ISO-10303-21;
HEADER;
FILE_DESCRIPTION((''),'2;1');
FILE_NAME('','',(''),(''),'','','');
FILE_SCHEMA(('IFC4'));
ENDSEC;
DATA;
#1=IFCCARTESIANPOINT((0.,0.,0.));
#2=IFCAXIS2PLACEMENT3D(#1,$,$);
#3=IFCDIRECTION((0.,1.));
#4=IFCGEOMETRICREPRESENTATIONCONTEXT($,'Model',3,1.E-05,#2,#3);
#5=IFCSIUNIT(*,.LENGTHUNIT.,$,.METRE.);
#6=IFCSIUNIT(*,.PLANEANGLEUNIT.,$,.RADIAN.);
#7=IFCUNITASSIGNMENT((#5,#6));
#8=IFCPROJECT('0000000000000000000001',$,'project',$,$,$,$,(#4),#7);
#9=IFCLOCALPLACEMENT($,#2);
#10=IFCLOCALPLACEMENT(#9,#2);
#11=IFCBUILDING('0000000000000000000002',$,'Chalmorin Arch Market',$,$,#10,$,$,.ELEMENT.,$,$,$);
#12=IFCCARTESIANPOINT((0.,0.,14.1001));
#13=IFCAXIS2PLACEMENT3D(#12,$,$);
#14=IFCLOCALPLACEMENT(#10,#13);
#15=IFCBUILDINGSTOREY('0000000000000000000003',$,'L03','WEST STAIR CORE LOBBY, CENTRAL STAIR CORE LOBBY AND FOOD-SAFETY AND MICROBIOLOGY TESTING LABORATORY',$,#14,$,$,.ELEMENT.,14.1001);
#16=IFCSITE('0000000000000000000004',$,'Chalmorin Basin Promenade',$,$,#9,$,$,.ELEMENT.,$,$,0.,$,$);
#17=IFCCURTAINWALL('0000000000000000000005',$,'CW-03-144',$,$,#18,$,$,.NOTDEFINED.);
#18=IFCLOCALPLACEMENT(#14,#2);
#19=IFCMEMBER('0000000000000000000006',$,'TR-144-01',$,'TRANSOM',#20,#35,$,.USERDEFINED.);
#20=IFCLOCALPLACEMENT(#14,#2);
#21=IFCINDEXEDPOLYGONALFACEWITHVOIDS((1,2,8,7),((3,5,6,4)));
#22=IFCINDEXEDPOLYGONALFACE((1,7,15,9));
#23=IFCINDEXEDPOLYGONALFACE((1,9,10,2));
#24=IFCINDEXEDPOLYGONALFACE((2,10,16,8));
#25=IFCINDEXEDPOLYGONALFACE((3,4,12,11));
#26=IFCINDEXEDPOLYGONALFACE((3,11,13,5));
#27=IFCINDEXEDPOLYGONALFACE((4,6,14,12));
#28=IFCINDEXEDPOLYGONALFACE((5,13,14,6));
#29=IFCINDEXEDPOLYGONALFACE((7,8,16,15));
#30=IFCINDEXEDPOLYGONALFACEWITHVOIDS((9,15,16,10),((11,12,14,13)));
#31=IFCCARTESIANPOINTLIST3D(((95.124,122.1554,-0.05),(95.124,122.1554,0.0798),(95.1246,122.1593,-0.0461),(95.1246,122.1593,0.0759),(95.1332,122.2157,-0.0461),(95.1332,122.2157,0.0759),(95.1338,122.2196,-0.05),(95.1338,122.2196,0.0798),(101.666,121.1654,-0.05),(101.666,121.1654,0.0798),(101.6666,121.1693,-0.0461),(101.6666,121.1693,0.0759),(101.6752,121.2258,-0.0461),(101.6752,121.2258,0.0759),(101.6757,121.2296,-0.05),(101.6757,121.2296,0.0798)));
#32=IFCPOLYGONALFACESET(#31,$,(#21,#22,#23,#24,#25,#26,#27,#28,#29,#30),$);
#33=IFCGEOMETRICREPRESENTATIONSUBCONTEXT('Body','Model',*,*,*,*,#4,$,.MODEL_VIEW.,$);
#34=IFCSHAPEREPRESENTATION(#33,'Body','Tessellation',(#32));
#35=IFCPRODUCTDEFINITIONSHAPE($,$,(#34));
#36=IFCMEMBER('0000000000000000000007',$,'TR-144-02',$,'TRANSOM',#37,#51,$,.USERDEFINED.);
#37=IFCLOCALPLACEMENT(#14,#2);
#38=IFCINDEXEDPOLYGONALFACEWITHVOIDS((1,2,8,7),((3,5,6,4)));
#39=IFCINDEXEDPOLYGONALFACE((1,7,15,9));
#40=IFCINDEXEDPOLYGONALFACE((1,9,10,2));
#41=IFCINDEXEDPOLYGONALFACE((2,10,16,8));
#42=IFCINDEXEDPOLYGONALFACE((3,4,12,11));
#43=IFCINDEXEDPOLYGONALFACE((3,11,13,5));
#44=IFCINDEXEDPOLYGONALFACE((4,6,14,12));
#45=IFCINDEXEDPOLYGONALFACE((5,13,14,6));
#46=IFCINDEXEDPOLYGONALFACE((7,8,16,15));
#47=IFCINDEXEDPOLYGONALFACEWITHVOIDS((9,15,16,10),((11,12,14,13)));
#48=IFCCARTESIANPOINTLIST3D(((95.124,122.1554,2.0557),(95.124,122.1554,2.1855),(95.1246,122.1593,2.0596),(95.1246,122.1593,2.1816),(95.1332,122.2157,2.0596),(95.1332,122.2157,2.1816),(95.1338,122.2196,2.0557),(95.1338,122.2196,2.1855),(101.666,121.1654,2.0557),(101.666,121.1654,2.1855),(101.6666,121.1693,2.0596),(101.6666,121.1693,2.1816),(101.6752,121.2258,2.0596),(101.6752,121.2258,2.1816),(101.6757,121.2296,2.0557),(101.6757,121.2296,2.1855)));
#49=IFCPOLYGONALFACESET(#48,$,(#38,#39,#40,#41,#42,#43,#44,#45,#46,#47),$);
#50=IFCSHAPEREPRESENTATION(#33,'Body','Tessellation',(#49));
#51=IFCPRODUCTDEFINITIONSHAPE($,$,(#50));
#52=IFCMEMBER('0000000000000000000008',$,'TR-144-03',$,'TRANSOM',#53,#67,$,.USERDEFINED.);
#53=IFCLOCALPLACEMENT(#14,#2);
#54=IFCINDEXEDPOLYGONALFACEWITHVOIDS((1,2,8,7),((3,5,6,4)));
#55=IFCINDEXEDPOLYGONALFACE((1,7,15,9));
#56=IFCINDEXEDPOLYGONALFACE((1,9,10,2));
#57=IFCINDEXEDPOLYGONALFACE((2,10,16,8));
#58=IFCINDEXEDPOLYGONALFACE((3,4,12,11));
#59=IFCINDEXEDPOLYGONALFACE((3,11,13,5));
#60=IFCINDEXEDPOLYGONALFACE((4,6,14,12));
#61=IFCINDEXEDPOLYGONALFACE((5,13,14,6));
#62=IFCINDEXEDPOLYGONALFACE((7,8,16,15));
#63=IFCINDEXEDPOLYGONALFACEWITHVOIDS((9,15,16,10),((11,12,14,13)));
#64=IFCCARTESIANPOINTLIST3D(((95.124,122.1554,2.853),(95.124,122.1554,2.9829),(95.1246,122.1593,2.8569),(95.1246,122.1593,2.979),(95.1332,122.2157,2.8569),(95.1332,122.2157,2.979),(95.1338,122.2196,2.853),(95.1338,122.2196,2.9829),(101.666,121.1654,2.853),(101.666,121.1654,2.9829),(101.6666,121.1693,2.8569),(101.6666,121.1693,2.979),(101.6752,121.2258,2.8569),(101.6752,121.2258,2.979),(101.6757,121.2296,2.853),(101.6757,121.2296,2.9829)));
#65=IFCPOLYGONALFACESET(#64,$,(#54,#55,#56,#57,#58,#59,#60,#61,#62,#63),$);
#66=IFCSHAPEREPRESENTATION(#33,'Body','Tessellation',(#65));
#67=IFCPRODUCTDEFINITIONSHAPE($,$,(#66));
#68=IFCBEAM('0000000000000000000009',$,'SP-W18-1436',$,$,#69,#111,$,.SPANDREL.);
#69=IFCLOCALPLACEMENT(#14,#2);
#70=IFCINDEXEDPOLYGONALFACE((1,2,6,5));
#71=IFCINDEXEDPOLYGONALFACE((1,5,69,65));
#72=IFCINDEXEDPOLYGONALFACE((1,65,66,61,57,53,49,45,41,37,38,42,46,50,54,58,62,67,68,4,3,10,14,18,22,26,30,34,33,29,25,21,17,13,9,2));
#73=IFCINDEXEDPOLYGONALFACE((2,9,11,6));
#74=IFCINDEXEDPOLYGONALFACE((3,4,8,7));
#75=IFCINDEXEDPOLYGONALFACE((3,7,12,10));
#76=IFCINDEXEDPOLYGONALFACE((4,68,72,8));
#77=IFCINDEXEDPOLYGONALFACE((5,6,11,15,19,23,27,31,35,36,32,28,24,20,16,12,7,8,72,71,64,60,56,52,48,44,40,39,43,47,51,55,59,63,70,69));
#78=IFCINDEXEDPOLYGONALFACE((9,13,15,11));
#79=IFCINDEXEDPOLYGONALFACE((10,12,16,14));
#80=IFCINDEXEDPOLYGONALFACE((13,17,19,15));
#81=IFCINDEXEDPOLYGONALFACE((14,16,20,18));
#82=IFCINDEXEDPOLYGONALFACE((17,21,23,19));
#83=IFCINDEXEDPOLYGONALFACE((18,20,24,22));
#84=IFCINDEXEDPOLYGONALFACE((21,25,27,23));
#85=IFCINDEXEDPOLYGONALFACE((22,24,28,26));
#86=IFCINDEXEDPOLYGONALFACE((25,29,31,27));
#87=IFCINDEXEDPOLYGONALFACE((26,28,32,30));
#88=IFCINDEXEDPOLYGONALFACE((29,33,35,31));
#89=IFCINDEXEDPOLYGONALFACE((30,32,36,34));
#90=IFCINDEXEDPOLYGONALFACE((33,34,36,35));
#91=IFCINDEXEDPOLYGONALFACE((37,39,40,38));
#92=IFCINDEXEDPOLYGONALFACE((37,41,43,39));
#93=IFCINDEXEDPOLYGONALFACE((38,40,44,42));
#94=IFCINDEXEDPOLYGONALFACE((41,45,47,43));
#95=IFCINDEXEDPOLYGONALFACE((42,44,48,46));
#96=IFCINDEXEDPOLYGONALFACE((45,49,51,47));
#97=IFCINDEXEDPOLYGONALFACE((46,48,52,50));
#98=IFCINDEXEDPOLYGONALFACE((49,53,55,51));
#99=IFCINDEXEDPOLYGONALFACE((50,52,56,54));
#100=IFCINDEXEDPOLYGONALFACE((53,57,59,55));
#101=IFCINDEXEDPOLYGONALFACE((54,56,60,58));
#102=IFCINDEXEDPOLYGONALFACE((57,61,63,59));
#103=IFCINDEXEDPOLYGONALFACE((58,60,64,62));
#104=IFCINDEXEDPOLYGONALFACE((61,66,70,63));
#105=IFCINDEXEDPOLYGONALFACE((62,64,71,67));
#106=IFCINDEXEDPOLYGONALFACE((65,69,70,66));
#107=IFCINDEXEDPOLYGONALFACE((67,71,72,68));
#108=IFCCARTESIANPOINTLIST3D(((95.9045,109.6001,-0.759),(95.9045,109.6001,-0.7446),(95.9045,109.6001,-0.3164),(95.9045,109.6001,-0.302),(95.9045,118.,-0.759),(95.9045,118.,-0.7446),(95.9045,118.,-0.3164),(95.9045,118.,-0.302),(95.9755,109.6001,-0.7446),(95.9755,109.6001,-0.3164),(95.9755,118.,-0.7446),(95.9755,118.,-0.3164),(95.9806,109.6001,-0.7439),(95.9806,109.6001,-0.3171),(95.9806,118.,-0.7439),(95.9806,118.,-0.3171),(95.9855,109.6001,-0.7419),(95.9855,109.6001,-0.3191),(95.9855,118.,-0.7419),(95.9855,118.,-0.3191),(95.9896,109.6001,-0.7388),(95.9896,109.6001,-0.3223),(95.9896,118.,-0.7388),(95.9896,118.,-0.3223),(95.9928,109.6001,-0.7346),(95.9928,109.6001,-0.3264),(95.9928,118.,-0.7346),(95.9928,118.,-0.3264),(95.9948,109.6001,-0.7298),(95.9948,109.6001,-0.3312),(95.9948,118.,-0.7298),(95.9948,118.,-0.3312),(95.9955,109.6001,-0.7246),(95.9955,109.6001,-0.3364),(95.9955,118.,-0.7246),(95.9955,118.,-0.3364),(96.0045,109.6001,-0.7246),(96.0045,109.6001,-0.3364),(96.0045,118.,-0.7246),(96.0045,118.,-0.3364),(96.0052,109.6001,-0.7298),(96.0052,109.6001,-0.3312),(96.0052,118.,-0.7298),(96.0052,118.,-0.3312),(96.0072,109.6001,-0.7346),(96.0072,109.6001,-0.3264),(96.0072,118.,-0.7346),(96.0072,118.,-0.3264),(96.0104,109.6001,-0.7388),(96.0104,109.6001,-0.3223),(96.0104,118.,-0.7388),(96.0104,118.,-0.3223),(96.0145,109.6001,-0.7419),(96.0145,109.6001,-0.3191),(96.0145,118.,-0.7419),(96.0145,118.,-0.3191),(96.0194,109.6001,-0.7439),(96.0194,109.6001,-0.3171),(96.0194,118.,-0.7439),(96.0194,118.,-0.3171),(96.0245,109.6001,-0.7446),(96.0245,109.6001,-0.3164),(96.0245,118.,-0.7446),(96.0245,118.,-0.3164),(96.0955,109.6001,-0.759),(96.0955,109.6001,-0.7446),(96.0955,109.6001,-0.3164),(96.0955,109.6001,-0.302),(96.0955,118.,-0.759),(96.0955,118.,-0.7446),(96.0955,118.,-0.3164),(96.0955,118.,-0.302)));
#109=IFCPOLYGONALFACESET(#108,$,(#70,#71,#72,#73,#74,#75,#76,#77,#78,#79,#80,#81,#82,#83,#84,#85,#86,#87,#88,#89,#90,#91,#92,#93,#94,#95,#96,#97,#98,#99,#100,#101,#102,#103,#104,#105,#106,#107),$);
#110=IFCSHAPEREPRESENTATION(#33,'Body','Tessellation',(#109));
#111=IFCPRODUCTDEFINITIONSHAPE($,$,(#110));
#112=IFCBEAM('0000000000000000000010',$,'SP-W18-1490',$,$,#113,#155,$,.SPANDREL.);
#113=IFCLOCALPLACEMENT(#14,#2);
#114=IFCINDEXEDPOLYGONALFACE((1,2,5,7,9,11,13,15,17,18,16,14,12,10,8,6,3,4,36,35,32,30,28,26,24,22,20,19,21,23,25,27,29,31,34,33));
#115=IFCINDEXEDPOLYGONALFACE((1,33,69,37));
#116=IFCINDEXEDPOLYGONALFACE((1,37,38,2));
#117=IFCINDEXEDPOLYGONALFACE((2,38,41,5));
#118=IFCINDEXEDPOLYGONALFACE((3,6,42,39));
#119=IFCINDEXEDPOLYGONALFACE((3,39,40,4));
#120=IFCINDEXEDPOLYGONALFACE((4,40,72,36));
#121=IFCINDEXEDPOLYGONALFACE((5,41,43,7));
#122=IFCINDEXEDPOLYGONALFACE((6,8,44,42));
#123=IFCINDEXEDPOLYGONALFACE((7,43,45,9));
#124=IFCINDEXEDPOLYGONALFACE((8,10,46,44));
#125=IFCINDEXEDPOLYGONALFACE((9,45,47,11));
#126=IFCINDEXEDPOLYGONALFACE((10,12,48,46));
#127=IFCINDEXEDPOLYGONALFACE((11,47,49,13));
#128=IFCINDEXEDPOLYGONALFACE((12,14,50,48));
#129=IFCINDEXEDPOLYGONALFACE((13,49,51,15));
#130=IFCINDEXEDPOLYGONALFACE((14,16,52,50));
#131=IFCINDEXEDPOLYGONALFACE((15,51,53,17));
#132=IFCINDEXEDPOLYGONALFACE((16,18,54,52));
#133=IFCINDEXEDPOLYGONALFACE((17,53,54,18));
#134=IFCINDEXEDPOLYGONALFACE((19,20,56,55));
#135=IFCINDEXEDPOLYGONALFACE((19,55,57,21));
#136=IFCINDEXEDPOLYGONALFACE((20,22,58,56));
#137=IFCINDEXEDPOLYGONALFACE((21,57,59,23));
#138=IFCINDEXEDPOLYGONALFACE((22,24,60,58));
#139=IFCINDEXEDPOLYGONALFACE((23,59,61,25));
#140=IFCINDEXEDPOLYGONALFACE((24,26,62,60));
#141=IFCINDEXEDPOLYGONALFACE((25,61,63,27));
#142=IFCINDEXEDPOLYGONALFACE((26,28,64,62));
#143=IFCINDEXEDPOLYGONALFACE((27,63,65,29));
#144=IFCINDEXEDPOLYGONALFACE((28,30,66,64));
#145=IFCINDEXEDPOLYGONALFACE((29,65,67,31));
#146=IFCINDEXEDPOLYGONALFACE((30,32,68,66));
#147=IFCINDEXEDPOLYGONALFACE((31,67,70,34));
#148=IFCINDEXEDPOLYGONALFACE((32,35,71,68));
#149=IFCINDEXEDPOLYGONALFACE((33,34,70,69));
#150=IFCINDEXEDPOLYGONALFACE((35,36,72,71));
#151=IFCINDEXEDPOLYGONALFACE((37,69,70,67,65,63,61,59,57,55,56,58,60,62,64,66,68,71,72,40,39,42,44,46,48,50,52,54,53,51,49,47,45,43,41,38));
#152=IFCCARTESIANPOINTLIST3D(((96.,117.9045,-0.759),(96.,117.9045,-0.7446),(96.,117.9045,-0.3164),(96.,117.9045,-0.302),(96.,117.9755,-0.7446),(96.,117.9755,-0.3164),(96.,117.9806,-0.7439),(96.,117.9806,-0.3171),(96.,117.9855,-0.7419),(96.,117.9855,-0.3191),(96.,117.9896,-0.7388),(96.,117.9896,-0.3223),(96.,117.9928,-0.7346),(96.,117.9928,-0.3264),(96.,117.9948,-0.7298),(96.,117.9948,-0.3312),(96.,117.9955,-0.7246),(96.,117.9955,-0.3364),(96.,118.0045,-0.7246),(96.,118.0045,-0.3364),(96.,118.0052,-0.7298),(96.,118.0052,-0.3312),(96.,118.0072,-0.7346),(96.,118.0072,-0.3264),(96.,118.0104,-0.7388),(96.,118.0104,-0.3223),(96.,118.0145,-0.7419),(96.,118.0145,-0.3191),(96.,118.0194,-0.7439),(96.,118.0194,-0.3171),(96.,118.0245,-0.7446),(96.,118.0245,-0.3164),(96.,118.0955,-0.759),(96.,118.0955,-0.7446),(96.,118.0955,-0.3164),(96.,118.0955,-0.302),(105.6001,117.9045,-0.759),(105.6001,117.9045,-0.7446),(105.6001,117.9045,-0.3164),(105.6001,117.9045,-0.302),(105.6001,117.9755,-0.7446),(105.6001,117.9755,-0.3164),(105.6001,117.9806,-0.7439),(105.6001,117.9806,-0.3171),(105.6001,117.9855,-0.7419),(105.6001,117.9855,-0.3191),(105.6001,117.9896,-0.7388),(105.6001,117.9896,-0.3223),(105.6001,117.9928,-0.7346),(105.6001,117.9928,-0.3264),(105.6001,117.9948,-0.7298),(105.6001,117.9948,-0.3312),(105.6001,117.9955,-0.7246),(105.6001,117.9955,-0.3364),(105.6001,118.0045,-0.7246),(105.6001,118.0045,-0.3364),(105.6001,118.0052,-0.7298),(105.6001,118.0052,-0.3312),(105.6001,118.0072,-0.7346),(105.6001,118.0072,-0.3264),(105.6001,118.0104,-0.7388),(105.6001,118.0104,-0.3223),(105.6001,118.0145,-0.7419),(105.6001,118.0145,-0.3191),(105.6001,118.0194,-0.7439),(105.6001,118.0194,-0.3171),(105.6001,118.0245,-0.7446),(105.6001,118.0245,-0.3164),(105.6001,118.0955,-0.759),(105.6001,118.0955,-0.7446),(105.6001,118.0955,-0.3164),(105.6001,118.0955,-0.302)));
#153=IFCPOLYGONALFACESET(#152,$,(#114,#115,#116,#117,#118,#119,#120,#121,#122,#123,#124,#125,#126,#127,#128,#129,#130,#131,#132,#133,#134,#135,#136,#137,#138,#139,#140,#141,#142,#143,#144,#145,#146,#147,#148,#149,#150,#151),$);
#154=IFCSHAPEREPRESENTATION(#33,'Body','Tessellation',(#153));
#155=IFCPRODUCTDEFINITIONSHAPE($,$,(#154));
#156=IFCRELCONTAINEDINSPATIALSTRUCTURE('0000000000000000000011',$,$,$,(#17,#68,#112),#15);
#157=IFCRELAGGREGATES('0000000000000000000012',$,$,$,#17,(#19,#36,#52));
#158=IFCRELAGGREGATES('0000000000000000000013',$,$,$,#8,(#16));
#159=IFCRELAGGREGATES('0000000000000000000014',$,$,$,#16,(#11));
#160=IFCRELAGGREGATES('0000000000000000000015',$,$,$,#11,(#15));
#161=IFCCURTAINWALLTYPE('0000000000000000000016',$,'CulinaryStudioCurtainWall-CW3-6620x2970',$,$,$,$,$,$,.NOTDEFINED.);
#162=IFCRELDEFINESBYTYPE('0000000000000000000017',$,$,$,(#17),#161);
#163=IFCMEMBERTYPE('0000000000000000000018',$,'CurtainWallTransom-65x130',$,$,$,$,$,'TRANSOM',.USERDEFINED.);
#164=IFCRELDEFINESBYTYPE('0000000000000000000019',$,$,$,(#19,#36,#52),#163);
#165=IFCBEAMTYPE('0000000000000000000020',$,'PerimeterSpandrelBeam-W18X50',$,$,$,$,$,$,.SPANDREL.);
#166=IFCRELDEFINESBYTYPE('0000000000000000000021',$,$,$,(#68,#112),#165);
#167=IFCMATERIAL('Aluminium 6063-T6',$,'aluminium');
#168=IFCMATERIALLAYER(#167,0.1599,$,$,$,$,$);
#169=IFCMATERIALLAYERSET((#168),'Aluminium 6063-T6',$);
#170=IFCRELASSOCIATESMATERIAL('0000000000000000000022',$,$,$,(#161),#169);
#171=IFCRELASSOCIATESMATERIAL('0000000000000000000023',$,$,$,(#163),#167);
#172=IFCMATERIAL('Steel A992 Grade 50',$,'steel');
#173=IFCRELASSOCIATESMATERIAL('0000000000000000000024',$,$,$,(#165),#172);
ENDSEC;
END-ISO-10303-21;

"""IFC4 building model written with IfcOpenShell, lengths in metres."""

from ifc_helpers import new_model, si_unit, direction, frame, origin, origin_2d, place, context, subcontext, project, spatial, hollow_rectangle, i_section, extrude, material, layer, layer_set, material_profile, profile_set, type_object, element, aggregate, save


model = new_model("IFC4")

# Units and contexts
model_context = context("Model", 3, precision=1e-05, world=origin(), true_north=direction((0.0, 1.0)))
body_context = subcontext(model_context, "Body", "Model", "MODEL_VIEW")
ifc_project = project(units=[si_unit("LENGTHUNIT", "METRE"), si_unit("PLANEANGLEUNIT", "RADIAN")], contexts=[model_context])

# Site, building, storey
site_placement = place(None, origin())
site = spatial("IfcSite", under=ifc_project, at=site_placement, Name="Chalmorin Basin Promenade", CompositionType="ELEMENT", RefElevation=0.0)
building_placement = place(site_placement, origin())
building = spatial("IfcBuilding", under=site, at=building_placement, Name="Chalmorin Arch Market", CompositionType="ELEMENT")
storey_placement = place(building_placement, frame((0.0, 0.0, 14.1001)))
storey = spatial("IfcBuildingStorey", under=building, at=storey_placement, Name="L03", Description="WEST STAIR CORE LOBBY, CENTRAL STAIR CORE LOBBY AND FOOD-SAFETY AND MICROBIOLOGY TESTING LABORATORY", CompositionType="ELEMENT", Elevation=14.1001)

# Curtain wall
ifc_material_1 = material(Name="Aluminium 6063-T6", Category="aluminium")
ifc_layer_1 = layer(ifc_material_1, 0.1599)
ifc_layer_set_1 = layer_set([ifc_layer_1], Name="Aluminium 6063-T6")
curtain_wall_type_1 = type_object("IfcCurtainWallType", Name="CulinaryStudioCurtainWall-CW3-6620x2970", PredefinedType="NOTDEFINED", material=ifc_layer_set_1)
curtain_wall_1_placement = place(storey_placement, origin())
curtain_wall_1 = element("IfcCurtainWall", 1, at=curtain_wall_1_placement, inside=storey, type_object=curtain_wall_type_1, Name="CW-03-144", PredefinedType="NOTDEFINED")

# Members
ifc_material_profile_1 = material_profile(ifc_material_1, hollow_rectangle(XDim=0.0649, YDim=0.1299, WallThickness=0.0039, at=origin_2d()), Name="ALU65X130X4")
ifc_profile_set_1 = profile_set([ifc_material_profile_1], Name="Aluminium 6063-T6")
member_type_1 = type_object("IfcMemberType", Name="CurtainWallTransom-65x130", ElementType="TRANSOM", PredefinedType="USERDEFINED", material=ifc_profile_set_1)
member_1_placement = place(storey_placement, frame((95.1289, 122.1875, 0.0149), z_axis=(0.988743, -0.149625, 0.0), x_axis=(0.149625, 0.988743, 0.0)))
member_1 = element("IfcMember", 2, at=member_1_placement, type_object=member_type_1, Name="TR-144-01", ObjectType="TRANSOM", PredefinedType="USERDEFINED", context=body_context, shape_type="SweptSolid", body=[
    extrude(hollow_rectangle(XDim=0.0649, YDim=0.1299, WallThickness=0.0039, at=origin_2d()), origin(), (0.0, 0.0, 1.0), 6.6165),
])
member_2_placement = place(storey_placement, frame((95.1289, 122.1875, 2.1206), z_axis=(0.988743, -0.149625, 0.0), x_axis=(0.149625, 0.988743, 0.0)))
member_2 = element("IfcMember", 3, at=member_2_placement, type_object=member_type_1, Name="TR-144-02", ObjectType="TRANSOM", PredefinedType="USERDEFINED", context=body_context, shape_type="SweptSolid", body=[
    extrude(hollow_rectangle(XDim=0.0649, YDim=0.1299, WallThickness=0.0039, at=origin_2d()), origin(), (0.0, 0.0, 1.0), 6.6165),
])
member_3_placement = place(storey_placement, frame((95.1289, 122.1875, 2.918), z_axis=(0.988743, -0.149625, 0.0), x_axis=(0.149625, 0.988743, 0.0)))
member_3 = element("IfcMember", 4, at=member_3_placement, type_object=member_type_1, Name="TR-144-03", ObjectType="TRANSOM", PredefinedType="USERDEFINED", context=body_context, shape_type="SweptSolid", body=[
    extrude(hollow_rectangle(XDim=0.0649, YDim=0.1299, WallThickness=0.0039, at=origin_2d()), origin(), (0.0, 0.0, 1.0), 6.6165),
])

# Beams
ifc_material_2 = material(Name="Steel A992 Grade 50", Category="steel")
ifc_material_profile_2 = material_profile(ifc_material_2, i_section(OverallWidth=0.1909, OverallDepth=0.457, WebThickness=0.009, FlangeThickness=0.0144, FilletRadius=0.02, at=origin_2d()), Name="W18X50")
ifc_profile_set_2 = profile_set([ifc_material_profile_2], Name="Steel A992 Grade 50")
beam_type_1 = type_object("IfcBeamType", Name="PerimeterSpandrelBeam-W18X50", PredefinedType="SPANDREL", material=ifc_profile_set_2)
beam_1_placement = place(storey_placement, frame((96.0, 109.6001, -0.5305), z_axis=(0.0, 1.0, 0.0), x_axis=(-1.0, 0.0, 0.0)))
element("IfcBeam", 5, at=beam_1_placement, inside=storey, type_object=beam_type_1, Name="SP-W18-1436", PredefinedType="SPANDREL", context=body_context, shape_type="SweptSolid", body=[
    extrude(i_section(OverallWidth=0.1909, OverallDepth=0.457, WebThickness=0.009, FlangeThickness=0.0144, FilletRadius=0.02, at=origin_2d()), origin(), (0.0, 0.0, 1.0), 8.3999),
])
beam_2_placement = place(storey_placement, frame((96.0, 118.0, -0.5305), z_axis=(1.0, 0.0, 0.0), x_axis=(0.0, 1.0, 0.0)))
element("IfcBeam", 6, at=beam_2_placement, inside=storey, type_object=beam_type_1, Name="SP-W18-1490", PredefinedType="SPANDREL", context=body_context, shape_type="SweptSolid", body=[
    extrude(i_section(OverallWidth=0.1909, OverallDepth=0.457, WebThickness=0.009, FlangeThickness=0.0144, FilletRadius=0.02, at=origin_2d()), origin(), (0.0, 0.0, 1.0), 9.6001),
])

aggregate(curtain_wall_1, [member_1, member_2, member_3])

save(model, "model.ifc")
